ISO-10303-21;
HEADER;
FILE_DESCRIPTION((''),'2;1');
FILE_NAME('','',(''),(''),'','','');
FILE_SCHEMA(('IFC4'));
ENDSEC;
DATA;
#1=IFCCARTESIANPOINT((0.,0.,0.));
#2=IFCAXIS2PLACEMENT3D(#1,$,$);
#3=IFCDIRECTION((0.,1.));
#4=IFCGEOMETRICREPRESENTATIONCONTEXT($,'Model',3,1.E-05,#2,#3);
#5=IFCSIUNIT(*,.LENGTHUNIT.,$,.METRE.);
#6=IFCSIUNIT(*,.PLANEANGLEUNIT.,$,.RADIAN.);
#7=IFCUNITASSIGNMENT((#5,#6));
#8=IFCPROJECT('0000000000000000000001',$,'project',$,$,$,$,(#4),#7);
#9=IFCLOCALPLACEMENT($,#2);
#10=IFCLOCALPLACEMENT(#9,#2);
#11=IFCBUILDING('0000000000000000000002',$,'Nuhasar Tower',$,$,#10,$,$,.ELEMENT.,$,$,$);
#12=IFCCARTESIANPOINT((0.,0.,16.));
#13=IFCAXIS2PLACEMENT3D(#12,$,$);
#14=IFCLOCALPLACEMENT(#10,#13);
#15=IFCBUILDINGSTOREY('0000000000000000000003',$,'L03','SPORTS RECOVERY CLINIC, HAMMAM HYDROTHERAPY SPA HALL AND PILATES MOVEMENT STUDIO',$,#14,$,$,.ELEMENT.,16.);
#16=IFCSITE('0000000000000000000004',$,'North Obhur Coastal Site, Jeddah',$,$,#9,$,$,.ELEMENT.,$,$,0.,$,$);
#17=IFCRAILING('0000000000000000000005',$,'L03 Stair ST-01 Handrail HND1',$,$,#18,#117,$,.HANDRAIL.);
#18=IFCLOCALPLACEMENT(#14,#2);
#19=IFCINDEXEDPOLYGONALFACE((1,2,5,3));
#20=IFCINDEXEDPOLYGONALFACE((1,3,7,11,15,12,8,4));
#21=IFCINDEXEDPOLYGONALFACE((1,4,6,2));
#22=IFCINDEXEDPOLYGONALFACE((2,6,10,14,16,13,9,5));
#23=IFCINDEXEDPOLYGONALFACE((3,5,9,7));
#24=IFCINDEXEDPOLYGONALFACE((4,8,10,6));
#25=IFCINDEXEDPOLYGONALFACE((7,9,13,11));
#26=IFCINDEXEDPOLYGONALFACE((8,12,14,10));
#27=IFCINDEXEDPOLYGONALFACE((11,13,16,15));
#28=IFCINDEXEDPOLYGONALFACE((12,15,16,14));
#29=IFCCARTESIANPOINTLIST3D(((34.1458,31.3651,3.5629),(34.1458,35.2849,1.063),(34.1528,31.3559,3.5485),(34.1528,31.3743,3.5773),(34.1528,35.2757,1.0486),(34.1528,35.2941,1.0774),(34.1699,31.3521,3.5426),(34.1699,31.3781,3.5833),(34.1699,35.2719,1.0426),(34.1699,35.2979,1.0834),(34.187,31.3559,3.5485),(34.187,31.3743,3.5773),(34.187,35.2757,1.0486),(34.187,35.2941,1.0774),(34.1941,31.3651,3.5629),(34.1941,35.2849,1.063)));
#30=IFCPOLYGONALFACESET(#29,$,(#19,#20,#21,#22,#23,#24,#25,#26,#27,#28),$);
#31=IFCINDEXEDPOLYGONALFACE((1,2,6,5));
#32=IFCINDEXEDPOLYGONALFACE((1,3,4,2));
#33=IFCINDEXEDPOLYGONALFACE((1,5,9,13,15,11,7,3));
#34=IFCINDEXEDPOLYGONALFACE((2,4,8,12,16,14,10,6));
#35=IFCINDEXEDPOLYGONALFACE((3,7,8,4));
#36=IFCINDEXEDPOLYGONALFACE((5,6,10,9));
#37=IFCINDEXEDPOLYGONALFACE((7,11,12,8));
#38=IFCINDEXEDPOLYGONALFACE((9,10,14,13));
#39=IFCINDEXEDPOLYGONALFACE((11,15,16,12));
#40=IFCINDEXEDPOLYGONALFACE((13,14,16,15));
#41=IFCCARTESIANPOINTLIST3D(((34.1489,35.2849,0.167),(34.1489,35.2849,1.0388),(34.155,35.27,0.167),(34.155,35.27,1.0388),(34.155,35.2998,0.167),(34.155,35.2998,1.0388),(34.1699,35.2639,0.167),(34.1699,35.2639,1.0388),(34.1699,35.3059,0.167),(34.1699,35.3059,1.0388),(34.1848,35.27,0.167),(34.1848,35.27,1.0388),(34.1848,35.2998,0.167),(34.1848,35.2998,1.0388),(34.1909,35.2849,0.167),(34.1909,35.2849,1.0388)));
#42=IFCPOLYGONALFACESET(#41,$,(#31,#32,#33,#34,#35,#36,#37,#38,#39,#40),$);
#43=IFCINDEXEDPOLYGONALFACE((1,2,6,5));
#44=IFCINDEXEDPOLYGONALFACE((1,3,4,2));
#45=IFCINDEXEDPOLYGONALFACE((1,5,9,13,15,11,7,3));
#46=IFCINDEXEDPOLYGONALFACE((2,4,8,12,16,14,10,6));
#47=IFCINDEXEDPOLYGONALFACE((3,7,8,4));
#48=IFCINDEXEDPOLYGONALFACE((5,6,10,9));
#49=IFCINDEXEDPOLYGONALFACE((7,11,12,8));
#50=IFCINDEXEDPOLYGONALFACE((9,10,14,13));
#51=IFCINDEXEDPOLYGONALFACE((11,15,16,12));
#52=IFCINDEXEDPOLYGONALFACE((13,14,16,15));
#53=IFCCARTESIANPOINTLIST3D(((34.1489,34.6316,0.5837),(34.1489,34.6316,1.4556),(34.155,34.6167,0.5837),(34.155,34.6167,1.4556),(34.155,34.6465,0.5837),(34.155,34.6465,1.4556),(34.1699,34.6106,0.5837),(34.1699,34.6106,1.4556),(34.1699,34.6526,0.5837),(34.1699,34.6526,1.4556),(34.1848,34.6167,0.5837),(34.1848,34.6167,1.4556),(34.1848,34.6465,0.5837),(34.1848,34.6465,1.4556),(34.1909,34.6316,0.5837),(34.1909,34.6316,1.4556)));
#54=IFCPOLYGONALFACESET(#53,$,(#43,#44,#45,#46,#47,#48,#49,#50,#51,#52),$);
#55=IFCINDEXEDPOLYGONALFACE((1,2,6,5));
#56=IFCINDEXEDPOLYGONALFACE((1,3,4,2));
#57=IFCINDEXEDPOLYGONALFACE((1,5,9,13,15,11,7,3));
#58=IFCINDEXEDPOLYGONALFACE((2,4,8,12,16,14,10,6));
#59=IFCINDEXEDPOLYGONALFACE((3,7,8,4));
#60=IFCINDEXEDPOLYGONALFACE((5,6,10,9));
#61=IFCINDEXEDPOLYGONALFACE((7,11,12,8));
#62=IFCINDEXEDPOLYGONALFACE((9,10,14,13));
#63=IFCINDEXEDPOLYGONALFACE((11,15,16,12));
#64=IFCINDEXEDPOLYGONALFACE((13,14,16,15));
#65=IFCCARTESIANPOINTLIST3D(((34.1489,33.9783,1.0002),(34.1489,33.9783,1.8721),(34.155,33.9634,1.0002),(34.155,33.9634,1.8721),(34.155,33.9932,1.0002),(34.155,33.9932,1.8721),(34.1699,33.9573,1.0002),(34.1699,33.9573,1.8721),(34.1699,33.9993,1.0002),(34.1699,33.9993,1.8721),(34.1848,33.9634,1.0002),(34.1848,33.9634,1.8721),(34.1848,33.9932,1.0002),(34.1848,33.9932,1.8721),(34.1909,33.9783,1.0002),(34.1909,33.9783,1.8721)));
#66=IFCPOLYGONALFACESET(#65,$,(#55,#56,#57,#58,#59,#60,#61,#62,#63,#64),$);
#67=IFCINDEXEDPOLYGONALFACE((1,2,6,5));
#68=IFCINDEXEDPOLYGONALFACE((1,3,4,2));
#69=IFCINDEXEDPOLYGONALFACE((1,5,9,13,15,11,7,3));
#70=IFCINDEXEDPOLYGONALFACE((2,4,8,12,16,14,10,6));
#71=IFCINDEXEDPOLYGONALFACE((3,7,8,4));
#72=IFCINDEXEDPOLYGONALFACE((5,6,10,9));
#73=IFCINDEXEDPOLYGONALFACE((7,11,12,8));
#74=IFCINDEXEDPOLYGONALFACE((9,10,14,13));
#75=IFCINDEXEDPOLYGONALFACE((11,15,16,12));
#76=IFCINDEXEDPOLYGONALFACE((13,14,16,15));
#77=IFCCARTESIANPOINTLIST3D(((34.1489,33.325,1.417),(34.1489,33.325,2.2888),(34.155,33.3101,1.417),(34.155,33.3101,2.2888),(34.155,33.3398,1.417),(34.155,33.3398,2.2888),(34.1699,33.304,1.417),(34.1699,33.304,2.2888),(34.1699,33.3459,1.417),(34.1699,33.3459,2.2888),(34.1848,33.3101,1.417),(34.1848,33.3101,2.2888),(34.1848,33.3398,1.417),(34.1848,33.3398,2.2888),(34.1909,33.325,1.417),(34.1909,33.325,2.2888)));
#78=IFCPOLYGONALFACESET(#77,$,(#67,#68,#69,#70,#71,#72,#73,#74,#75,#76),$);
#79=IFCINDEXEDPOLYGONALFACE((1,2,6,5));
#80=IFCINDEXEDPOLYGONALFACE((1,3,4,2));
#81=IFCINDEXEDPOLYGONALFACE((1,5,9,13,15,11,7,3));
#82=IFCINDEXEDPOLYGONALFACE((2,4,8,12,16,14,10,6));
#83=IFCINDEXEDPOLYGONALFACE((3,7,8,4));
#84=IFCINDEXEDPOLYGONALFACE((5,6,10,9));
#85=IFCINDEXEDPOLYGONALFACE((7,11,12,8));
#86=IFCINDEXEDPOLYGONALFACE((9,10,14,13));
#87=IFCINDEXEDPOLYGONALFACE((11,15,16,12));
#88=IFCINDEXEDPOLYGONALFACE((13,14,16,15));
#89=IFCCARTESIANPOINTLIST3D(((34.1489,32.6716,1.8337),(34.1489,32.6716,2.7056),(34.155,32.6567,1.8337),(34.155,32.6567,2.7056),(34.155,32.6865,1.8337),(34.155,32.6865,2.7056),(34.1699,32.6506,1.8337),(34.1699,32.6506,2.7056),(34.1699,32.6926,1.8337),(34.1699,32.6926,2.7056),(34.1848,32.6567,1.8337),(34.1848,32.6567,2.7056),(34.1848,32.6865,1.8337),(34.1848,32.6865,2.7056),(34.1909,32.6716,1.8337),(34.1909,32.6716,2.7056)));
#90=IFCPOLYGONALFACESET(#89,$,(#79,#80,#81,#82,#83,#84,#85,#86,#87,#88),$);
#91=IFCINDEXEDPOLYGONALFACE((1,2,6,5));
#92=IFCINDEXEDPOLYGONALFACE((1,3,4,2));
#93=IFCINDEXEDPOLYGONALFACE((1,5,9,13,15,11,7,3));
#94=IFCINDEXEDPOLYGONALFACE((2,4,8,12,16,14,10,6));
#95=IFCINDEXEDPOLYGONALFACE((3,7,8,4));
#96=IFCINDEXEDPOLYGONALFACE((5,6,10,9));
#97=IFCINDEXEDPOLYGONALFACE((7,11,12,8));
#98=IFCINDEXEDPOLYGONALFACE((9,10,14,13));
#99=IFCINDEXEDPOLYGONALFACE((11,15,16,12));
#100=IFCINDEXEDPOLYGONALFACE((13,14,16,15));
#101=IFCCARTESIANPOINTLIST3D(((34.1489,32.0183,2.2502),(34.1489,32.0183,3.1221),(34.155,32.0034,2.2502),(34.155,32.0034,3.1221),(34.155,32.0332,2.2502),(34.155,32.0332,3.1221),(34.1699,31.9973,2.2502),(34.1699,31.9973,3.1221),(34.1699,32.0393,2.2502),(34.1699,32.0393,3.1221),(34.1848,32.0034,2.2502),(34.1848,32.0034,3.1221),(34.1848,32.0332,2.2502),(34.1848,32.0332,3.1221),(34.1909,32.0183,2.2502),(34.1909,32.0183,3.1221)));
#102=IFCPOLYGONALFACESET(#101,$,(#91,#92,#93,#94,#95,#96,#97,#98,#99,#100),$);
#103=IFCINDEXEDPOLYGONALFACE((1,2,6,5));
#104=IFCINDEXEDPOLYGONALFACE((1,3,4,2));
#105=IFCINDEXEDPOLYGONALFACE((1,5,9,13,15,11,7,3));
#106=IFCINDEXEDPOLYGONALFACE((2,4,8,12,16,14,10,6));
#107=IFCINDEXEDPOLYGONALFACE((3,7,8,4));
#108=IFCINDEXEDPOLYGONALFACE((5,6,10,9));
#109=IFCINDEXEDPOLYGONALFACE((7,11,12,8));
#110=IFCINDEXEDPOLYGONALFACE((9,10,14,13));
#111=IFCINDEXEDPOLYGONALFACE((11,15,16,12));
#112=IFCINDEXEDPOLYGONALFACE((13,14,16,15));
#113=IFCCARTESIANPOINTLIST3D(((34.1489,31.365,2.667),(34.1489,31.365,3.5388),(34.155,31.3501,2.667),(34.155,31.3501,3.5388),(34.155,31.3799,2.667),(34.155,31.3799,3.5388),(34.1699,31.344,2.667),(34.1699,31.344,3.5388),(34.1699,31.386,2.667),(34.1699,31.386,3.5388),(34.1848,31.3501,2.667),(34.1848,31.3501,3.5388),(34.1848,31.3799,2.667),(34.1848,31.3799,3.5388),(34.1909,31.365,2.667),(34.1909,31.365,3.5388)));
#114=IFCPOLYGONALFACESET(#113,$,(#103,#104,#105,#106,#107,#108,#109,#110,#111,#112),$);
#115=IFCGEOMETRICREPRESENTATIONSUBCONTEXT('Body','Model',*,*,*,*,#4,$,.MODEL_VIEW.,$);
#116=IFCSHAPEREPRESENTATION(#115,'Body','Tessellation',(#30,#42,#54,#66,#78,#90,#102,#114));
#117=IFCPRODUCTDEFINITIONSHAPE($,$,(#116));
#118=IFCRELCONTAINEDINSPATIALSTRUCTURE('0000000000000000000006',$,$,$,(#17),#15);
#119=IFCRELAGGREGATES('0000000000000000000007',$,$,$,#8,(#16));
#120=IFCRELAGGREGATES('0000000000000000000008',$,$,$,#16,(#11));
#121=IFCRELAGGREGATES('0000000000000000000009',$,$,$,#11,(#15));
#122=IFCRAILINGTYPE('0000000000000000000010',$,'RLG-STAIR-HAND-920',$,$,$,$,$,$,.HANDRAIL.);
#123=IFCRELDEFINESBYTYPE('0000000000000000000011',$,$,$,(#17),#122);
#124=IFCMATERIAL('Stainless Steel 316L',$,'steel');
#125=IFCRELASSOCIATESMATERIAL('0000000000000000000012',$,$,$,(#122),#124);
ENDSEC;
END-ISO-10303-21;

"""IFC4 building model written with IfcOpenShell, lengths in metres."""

from ifc_helpers import new_model, si_unit, direction, frame, origin, place, context, subcontext, project, spatial, polyline, outline, extrude, material, type_object, element, save


model = new_model("IFC4")

# Units and contexts
model_context = context("Model", 3, precision=1e-05, world=origin(), true_north=direction((0.0, 1.0)))
body_context = subcontext(model_context, "Body", "Model", "MODEL_VIEW")
ifc_project = project(units=[si_unit("LENGTHUNIT", "METRE"), si_unit("PLANEANGLEUNIT", "RADIAN")], contexts=[model_context])

# Site, building, storey
site_placement = place(None, origin())
site = spatial("IfcSite", under=ifc_project, at=site_placement, Name="North Obhur Coastal Site, Jeddah", CompositionType="ELEMENT", RefElevation=0.0)
building_placement = place(site_placement, origin())
building = spatial("IfcBuilding", under=site, at=building_placement, Name="Nuhasar Tower", CompositionType="ELEMENT")
storey_placement = place(building_placement, frame((0.0, 0.0, 16.0)))
storey = spatial("IfcBuildingStorey", under=building, at=storey_placement, Name="L03", Description="SPORTS RECOVERY CLINIC, HAMMAM HYDROTHERAPY SPA HALL AND PILATES MOVEMENT STUDIO", CompositionType="ELEMENT", Elevation=16.0)

# Railing
ifc_material_1 = material(Name="Stainless Steel 316L", Category="steel")
railing_type_1 = type_object("IfcRailingType", Name="RLG-STAIR-HAND-920", PredefinedType="HANDRAIL", material=ifc_material_1)
railing_1_placement = place(storey_placement, frame((34.1699, 35.2849, 0.167)))
element("IfcRailing", 1, at=railing_1_placement, inside=storey, type_object=railing_type_1, Name="L03 Stair ST-01 Handrail HND1", PredefinedType="HANDRAIL", context=body_context, shape_type="SweptSolid", body=[
    extrude(outline(polyline([(0.0242, 0.0), (0.0171, 0.0171), (0.0, 0.0242), (-0.0171, 0.0171), (-0.0242, 0.0), (-0.0171, -0.0171), (0.0, -0.0242), (0.0171, -0.0171), (0.0242, 0.0)])), frame((0.0, 0.0, 0.896), z_axis=(0.0, -0.843125, 0.537718), x_axis=(1.0, 0.0, 0.0)), (0.0, 0.0, 1.0), 4.6492),
    extrude(outline(polyline([(0.021, 0.0), (0.0149, 0.0149), (0.0, 0.021), (-0.0149, 0.0149), (-0.021, 0.0), (-0.0149, -0.0149), (0.0, -0.021), (0.0149, -0.0149), (0.021, 0.0)])), origin(), (0.0, 0.0, 1.0), 0.8718),
    extrude(outline(polyline([(0.021, 0.0), (0.0149, 0.0149), (0.0, 0.021), (-0.0149, 0.0149), (-0.021, 0.0), (-0.0149, -0.0149), (0.0, -0.021), (0.0149, -0.0149), (0.021, 0.0)])), frame((0.0, -0.6533, 0.4167)), (0.0, 0.0, 1.0), 0.8718),
    extrude(outline(polyline([(0.021, 0.0), (0.0149, 0.0149), (0.0, 0.021), (-0.0149, 0.0149), (-0.021, 0.0), (-0.0149, -0.0149), (0.0, -0.021), (0.0149, -0.0149), (0.021, 0.0)])), frame((0.0, -1.3066, 0.8333)), (0.0, 0.0, 1.0), 0.8718),
    extrude(outline(polyline([(0.021, 0.0), (0.0149, 0.0149), (0.0, 0.021), (-0.0149, 0.0149), (-0.021, 0.0), (-0.0149, -0.0149), (0.0, -0.021), (0.0149, -0.0149), (0.021, 0.0)])), frame((0.0, -1.96, 1.25)), (0.0, 0.0, 1.0), 0.8718),
    extrude(outline(polyline([(0.021, 0.0), (0.0149, 0.0149), (0.0, 0.021), (-0.0149, 0.0149), (-0.021, 0.0), (-0.0149, -0.0149), (0.0, -0.021), (0.0149, -0.0149), (0.021, 0.0)])), frame((0.0, -2.6133, 1.6667)), (0.0, 0.0, 1.0), 0.8718),
    extrude(outline(polyline([(0.021, 0.0), (0.0149, 0.0149), (0.0, 0.021), (-0.0149, 0.0149), (-0.021, 0.0), (-0.0149, -0.0149), (0.0, -0.021), (0.0149, -0.0149), (0.021, 0.0)])), frame((0.0, -3.2666, 2.0833)), (0.0, 0.0, 1.0), 0.8718),
    extrude(outline(polyline([(0.021, 0.0), (0.0149, 0.0149), (0.0, 0.021), (-0.0149, 0.0149), (-0.021, 0.0), (-0.0149, -0.0149), (0.0, -0.021), (0.0149, -0.0149), (0.021, 0.0)])), frame((0.0, -3.9199, 2.5)), (0.0, 0.0, 1.0), 0.8718),
])

save(model, "model.ifc")
